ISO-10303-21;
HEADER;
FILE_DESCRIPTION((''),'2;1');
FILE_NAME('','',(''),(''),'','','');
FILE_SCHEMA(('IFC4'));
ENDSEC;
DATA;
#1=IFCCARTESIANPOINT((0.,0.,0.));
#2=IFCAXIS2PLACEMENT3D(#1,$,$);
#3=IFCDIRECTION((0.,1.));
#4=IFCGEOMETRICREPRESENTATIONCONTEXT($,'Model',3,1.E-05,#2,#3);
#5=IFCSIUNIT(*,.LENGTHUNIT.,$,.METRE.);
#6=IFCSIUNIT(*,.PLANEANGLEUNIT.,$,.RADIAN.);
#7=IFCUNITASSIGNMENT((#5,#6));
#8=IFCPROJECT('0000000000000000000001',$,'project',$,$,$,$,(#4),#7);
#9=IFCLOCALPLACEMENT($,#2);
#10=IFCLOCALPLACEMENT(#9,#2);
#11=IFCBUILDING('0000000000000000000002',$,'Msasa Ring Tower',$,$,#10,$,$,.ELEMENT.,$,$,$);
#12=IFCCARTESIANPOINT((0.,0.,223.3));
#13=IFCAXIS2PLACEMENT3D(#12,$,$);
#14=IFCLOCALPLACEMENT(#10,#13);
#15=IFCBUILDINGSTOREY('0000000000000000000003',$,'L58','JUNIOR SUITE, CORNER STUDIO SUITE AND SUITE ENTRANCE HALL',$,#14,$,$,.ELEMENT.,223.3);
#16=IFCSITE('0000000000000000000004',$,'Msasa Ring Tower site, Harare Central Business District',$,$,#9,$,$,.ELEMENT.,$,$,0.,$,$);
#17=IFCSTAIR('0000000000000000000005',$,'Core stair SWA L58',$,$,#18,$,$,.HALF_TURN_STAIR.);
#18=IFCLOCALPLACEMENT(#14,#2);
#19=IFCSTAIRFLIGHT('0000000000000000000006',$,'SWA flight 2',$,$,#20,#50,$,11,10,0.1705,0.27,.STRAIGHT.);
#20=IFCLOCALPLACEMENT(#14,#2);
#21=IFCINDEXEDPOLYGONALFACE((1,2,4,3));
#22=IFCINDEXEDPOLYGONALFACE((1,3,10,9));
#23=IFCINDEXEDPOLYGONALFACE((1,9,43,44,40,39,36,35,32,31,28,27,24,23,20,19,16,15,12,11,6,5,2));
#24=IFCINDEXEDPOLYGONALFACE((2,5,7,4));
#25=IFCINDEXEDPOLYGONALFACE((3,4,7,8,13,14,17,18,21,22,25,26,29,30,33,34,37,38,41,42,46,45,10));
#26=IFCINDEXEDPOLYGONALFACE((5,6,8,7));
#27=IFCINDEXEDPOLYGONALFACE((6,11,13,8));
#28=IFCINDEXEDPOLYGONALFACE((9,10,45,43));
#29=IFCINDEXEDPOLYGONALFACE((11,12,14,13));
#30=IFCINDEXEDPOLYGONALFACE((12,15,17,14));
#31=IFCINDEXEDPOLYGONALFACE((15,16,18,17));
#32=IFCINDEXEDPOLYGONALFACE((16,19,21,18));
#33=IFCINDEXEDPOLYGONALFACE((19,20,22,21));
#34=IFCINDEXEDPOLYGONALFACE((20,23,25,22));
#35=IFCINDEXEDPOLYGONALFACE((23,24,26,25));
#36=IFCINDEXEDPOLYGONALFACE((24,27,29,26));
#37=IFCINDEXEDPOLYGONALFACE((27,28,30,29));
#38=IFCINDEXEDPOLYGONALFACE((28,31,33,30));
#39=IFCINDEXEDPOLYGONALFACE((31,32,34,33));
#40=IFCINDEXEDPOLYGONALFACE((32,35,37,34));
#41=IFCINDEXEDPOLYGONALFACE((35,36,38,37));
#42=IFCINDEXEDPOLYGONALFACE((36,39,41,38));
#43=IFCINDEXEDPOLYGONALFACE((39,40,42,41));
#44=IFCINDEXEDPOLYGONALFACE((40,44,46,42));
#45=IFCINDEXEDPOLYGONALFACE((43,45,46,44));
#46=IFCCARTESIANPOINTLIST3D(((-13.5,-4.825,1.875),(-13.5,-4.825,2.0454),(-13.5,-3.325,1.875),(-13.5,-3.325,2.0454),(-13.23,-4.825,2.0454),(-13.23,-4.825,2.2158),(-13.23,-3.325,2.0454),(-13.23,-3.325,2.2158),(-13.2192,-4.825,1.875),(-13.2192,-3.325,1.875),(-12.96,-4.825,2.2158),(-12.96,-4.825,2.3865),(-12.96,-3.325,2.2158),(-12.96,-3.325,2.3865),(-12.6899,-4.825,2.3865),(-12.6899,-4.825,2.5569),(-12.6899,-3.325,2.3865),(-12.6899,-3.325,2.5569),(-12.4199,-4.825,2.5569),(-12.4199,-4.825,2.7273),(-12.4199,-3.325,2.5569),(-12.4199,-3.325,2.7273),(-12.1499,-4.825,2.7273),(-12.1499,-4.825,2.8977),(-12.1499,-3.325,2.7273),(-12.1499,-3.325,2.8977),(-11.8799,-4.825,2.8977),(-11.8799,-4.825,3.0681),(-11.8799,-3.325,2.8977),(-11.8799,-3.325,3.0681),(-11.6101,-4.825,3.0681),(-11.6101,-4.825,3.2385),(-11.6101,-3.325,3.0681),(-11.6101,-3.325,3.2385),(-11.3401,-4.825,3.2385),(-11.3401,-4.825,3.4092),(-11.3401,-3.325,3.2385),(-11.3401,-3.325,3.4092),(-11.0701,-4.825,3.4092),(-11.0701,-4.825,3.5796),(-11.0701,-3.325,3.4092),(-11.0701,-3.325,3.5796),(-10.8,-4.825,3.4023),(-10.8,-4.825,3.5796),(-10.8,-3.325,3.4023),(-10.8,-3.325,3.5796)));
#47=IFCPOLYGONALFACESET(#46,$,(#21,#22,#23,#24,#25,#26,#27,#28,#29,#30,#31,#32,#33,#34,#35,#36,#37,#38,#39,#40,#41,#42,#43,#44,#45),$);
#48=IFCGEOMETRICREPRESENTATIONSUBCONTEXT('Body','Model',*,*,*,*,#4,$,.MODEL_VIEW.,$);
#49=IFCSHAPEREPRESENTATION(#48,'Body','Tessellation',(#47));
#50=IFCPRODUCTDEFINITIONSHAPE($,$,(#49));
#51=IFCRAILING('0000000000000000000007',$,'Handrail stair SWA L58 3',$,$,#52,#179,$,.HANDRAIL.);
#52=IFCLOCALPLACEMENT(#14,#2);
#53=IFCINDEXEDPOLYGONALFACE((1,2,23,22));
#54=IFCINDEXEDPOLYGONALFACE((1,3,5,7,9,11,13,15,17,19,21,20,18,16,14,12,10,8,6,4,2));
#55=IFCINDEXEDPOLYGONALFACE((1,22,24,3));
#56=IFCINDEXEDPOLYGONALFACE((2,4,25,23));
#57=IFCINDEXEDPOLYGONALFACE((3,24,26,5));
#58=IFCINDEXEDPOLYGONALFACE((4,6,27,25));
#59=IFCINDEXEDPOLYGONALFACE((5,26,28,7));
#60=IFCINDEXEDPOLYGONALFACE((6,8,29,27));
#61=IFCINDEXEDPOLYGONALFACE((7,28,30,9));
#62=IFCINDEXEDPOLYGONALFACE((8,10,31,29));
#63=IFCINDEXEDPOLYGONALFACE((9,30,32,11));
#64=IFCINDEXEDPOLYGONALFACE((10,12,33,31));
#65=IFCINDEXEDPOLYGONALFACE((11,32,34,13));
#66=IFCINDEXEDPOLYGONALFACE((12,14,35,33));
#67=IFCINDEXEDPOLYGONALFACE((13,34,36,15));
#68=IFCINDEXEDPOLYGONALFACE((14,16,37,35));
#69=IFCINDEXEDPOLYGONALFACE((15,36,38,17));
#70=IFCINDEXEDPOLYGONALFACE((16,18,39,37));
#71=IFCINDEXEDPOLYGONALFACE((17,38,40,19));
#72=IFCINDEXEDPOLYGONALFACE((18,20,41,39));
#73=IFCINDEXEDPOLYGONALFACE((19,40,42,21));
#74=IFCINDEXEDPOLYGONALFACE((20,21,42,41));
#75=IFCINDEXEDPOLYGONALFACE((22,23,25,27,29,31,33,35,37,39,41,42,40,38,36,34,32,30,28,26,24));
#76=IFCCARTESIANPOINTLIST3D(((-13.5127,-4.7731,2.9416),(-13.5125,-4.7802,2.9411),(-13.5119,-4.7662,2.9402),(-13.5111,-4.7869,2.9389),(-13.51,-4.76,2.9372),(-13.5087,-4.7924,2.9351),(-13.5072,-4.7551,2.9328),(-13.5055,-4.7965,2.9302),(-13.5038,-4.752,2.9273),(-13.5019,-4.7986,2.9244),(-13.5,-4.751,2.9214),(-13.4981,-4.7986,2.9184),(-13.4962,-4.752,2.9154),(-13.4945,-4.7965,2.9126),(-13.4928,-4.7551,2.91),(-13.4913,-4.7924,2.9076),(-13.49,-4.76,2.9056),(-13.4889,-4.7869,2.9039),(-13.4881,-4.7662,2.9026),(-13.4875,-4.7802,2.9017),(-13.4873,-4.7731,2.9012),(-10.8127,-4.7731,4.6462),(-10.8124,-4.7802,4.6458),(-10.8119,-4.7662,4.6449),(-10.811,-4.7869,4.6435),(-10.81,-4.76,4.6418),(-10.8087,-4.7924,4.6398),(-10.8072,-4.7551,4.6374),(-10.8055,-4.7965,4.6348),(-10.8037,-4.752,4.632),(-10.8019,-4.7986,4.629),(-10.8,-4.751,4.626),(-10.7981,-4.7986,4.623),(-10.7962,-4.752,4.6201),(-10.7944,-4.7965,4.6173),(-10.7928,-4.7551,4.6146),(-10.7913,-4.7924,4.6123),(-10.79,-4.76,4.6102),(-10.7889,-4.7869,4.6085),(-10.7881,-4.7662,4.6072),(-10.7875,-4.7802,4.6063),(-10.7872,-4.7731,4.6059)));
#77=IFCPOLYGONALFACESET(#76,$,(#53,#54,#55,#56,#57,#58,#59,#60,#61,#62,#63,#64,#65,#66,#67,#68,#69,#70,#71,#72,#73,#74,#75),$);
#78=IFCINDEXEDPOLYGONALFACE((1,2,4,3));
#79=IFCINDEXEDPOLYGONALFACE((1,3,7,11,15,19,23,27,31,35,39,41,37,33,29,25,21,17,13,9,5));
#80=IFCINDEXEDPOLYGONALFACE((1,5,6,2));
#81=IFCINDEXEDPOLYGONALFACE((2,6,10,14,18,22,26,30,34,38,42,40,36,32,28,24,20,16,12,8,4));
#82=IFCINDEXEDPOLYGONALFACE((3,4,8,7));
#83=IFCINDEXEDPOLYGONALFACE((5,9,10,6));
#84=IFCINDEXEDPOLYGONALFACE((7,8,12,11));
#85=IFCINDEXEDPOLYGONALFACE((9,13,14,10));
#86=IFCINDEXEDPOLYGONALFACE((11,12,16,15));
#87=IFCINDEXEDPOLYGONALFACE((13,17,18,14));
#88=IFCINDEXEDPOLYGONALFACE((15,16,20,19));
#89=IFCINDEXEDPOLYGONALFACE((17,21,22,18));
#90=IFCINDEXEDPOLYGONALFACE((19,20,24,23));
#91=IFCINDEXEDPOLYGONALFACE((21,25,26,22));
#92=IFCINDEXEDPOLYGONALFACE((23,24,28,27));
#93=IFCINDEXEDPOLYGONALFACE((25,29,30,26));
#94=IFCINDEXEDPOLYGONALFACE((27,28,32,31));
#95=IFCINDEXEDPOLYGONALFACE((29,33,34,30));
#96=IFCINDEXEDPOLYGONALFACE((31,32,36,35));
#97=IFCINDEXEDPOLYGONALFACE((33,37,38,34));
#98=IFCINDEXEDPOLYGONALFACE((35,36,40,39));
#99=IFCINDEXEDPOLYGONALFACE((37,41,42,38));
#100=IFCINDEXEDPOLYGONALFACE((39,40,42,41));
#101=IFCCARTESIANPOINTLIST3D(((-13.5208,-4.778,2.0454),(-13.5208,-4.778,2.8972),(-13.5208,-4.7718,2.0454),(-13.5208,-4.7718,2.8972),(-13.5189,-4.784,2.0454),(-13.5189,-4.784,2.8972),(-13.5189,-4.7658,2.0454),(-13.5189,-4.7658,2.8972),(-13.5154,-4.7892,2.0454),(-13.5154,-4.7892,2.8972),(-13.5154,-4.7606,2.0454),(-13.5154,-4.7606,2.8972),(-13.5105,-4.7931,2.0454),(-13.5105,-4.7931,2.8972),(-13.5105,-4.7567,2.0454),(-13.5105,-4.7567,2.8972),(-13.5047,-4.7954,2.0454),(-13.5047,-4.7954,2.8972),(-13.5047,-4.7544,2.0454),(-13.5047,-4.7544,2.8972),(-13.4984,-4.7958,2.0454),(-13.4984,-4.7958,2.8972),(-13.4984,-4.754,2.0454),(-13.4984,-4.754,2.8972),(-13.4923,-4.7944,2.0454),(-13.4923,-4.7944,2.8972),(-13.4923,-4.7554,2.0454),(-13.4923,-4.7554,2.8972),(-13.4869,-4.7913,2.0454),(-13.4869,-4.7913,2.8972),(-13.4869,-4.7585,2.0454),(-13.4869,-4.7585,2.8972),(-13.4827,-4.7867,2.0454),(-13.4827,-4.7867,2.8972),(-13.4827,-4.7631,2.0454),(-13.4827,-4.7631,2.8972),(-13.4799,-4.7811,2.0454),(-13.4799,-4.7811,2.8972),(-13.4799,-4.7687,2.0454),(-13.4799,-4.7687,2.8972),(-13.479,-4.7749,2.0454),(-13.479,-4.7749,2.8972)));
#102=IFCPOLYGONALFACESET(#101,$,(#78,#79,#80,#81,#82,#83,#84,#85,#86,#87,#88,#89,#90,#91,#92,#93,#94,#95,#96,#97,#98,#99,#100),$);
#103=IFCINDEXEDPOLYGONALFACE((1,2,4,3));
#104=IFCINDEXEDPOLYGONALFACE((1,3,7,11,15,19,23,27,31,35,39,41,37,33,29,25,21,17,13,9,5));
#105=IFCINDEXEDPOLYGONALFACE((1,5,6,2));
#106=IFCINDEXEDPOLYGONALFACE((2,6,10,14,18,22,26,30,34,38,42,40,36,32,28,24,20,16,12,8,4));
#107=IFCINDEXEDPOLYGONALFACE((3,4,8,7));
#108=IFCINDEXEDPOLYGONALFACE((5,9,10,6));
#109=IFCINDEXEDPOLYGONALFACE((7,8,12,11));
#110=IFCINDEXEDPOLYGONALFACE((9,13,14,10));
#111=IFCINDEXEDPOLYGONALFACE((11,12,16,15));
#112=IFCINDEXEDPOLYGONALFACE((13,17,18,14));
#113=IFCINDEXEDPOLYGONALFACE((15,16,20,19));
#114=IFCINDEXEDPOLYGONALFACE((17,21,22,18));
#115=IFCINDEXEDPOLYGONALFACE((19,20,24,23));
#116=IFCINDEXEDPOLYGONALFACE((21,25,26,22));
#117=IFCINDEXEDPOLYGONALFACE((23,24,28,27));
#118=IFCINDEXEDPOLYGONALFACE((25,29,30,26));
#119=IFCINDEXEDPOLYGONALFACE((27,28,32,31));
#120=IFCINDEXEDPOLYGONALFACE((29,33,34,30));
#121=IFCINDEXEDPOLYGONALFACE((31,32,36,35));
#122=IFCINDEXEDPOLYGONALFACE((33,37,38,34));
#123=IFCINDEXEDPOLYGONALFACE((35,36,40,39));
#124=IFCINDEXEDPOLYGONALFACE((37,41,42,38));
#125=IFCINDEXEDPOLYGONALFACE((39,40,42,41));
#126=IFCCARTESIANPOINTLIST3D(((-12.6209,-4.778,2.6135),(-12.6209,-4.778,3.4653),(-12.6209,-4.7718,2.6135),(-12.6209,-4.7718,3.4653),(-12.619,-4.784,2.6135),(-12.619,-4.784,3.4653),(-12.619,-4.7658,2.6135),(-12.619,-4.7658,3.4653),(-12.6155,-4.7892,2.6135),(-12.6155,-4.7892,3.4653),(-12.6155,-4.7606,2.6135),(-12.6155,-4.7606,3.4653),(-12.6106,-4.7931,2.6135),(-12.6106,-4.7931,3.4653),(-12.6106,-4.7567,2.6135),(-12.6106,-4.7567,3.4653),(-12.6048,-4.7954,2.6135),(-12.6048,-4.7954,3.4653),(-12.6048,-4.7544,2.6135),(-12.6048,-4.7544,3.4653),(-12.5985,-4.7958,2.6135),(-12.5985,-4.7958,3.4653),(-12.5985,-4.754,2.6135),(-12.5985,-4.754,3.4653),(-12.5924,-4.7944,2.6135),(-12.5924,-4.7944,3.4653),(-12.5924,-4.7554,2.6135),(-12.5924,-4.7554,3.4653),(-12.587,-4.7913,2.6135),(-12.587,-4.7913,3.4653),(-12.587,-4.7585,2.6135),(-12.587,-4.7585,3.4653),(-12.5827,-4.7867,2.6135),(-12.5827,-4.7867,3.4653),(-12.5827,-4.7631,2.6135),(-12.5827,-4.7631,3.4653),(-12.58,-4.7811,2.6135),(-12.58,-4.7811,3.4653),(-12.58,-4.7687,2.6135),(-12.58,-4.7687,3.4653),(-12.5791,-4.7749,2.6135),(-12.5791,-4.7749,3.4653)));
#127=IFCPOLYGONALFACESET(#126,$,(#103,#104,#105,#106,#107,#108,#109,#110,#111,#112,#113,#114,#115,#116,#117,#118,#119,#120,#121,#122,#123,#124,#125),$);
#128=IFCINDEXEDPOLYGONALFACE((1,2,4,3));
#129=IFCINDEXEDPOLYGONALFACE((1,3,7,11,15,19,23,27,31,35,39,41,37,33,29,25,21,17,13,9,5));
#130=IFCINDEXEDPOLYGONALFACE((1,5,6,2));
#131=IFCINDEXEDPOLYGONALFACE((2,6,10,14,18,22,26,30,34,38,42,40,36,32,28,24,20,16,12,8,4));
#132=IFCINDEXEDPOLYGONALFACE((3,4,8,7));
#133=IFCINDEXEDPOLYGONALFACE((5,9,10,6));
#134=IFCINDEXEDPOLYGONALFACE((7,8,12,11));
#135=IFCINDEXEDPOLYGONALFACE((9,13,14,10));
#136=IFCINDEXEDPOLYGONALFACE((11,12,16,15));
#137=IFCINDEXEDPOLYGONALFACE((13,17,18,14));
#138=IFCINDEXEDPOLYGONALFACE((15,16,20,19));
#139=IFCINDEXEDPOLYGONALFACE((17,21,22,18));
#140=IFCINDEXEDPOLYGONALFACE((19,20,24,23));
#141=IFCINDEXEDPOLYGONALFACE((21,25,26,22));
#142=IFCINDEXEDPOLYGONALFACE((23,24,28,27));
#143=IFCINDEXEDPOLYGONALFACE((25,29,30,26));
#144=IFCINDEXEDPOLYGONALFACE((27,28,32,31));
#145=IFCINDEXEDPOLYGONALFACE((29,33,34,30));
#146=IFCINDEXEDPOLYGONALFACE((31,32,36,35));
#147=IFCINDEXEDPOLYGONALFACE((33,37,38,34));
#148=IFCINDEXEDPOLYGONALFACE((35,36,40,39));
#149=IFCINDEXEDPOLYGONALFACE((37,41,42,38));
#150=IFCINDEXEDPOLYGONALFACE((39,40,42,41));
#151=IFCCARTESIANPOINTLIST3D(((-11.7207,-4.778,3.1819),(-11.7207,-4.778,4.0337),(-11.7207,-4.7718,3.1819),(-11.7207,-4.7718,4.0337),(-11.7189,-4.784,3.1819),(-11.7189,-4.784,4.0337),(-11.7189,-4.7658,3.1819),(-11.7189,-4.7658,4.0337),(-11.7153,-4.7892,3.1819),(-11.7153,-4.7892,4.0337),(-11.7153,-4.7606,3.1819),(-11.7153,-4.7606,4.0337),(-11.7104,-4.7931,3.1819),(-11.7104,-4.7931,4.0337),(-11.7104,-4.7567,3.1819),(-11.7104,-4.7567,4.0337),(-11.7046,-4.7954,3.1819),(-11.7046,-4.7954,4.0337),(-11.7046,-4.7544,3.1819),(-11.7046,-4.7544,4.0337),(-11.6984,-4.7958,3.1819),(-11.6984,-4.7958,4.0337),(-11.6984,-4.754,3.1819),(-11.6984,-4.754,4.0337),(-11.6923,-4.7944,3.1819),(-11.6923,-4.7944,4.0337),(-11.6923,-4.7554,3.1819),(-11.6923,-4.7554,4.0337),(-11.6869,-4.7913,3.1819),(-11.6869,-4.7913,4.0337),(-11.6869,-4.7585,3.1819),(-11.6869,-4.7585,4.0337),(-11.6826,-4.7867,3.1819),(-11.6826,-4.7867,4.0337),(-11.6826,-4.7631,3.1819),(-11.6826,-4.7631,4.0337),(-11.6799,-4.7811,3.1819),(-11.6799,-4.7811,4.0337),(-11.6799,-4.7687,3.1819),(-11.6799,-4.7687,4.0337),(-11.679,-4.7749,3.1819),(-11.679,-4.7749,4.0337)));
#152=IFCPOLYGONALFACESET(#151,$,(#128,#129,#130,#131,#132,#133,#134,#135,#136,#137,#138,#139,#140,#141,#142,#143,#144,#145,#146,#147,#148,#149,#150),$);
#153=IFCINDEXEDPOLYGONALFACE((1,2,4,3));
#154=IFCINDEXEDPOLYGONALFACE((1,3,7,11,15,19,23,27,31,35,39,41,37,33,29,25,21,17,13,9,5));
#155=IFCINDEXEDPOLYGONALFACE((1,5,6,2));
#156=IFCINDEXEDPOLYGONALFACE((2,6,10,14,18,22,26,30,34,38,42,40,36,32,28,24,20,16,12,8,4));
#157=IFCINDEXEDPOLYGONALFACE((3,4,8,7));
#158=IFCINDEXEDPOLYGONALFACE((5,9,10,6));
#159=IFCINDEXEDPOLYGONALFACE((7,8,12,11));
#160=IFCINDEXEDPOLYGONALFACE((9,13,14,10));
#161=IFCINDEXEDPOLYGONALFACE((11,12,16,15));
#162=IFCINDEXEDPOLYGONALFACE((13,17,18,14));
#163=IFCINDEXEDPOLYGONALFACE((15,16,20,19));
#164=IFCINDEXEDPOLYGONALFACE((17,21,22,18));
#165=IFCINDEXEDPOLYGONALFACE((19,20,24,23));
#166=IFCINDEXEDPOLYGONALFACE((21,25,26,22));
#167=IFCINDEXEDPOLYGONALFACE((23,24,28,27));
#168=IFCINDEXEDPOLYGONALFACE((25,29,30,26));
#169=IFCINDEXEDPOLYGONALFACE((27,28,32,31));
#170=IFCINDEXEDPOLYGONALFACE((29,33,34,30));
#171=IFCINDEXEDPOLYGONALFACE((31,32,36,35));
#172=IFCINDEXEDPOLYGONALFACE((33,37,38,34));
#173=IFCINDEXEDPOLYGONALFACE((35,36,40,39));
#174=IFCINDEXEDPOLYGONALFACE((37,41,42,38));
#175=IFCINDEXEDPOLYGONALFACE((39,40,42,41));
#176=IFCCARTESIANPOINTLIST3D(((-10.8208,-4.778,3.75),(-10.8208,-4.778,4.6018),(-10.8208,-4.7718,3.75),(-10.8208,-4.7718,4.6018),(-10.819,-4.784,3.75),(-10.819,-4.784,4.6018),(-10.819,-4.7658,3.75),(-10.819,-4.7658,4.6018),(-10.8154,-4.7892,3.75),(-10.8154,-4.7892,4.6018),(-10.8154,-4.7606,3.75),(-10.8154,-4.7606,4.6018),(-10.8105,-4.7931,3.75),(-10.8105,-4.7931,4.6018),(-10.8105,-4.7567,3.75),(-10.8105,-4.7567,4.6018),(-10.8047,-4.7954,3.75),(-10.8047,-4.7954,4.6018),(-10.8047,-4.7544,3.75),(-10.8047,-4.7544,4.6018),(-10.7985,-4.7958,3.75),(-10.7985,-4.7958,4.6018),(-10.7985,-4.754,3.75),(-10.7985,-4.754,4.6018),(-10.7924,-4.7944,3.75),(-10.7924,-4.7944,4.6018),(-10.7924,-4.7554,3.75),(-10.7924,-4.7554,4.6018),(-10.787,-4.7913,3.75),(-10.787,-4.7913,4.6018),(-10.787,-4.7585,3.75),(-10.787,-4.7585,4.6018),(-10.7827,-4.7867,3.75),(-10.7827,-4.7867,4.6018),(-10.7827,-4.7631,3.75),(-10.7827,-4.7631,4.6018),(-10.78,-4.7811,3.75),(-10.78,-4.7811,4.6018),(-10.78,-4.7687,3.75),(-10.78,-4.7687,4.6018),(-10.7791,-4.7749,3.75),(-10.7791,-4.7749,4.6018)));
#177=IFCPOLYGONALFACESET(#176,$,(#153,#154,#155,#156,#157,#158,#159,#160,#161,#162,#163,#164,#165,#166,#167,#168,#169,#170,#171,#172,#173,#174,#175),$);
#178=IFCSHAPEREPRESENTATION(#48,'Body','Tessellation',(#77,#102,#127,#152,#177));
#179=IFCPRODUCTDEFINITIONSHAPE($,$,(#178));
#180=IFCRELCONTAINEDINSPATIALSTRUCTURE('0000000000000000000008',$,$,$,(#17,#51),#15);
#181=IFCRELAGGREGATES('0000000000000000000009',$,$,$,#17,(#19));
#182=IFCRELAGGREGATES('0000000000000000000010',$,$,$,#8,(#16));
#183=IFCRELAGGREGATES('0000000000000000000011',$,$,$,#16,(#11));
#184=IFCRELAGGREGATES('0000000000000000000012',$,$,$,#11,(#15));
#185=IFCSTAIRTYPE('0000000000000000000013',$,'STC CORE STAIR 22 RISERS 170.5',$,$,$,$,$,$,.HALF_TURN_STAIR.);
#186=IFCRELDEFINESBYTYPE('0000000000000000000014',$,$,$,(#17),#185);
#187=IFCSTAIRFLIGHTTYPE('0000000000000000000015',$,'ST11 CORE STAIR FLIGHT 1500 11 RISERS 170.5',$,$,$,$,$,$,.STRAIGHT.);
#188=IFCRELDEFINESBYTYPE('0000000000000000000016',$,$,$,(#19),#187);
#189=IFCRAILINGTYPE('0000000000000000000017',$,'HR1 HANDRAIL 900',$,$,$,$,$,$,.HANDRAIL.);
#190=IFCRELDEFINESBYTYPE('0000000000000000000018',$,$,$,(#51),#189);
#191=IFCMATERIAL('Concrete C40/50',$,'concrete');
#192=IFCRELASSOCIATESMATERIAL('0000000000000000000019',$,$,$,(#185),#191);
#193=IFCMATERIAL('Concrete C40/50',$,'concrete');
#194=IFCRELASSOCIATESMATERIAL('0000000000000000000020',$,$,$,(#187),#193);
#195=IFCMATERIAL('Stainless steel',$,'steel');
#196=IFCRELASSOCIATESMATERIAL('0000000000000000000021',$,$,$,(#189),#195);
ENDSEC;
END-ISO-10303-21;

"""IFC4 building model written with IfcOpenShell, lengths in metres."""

from ifc_helpers import new_model, si_unit, direction, frame, origin, origin_2d, place, context, subcontext, project, spatial, polyline, circle, outline, extrude, material, type_object, element, aggregate, save


model = new_model("IFC4")

# Units and contexts
model_context = context("Model", 3, precision=1e-05, world=origin(), true_north=direction((0.0, 1.0)))
body_context = subcontext(model_context, "Body", "Model", "MODEL_VIEW")
ifc_project = project(units=[si_unit("LENGTHUNIT", "METRE"), si_unit("PLANEANGLEUNIT", "RADIAN")], contexts=[model_context])

# Site, building, storey
site_placement = place(None, origin())
site = spatial("IfcSite", under=ifc_project, at=site_placement, Name="Msasa Ring Tower site, Harare Central Business District", CompositionType="ELEMENT", RefElevation=0.0)
building_placement = place(site_placement, origin())
building = spatial("IfcBuilding", under=site, at=building_placement, Name="Msasa Ring Tower", CompositionType="ELEMENT")
storey_placement = place(building_placement, frame((0.0, 0.0, 223.3)))
storey = spatial("IfcBuildingStorey", under=building, at=storey_placement, Name="L58", Description="JUNIOR SUITE, CORNER STUDIO SUITE AND SUITE ENTRANCE HALL", CompositionType="ELEMENT", Elevation=223.3)

# Stair, stair flight
ifc_material_1 = material(Name="Concrete C40/50", Category="concrete")
stair_type = type_object("IfcStairType", Name="STC CORE STAIR 22 RISERS 170.5", PredefinedType="HALF_TURN_STAIR", material=ifc_material_1)
stair_placement = place(storey_placement, origin())
stair = element("IfcStair", 1, at=stair_placement, inside=storey, type_object=stair_type, Name="Core stair SWA L58", PredefinedType="HALF_TURN_STAIR")
ifc_material_2 = material(Name="Concrete C40/50", Category="concrete")
stair_flight_type = type_object("IfcStairFlightType", Name="ST11 CORE STAIR FLIGHT 1500 11 RISERS 170.5", PredefinedType="STRAIGHT", material=ifc_material_2)
stair_flight_placement = place(storey_placement, frame((-13.5, -4.075, 1.875), z_axis=(0.0, 0.0, 1.0), x_axis=(1.0, 0.0, 0.0)))
stair_flight = element("IfcStairFlight", 2, at=stair_flight_placement, type_object=stair_flight_type, Name="SWA flight 2", NumberOfRisers=11, NumberOfTreads=10, PredefinedType="STRAIGHT", RiserHeight=0.1705, TreadLength=0.27, context=body_context, shape_type="SweptSolid", body=[
    extrude(outline(polyline([(0.0, 0.0), (0.0, 0.1704), (0.27, 0.1704), (0.27, 0.3408), (0.54, 0.3408), (0.54, 0.5115), (0.8101, 0.5115), (0.8101, 0.6819), (1.0801, 0.6819), (1.0801, 0.8523), (1.3501, 0.8523), (1.3501, 1.0227), (1.6201, 1.0227), (1.6201, 1.1931), (1.8899, 1.1931), (1.8899, 1.3635), (2.1599, 1.3635), (2.1599, 1.5342), (2.4299, 1.5342), (2.4299, 1.7046), (2.7, 1.7046), (2.7, 1.875), (2.7, 1.5273), (0.2808, 0.0), (0.0, 0.0)])), frame((0.0, 0.75, 0.0), z_axis=(0.0, -1.0, 0.0), x_axis=(1.0, 0.0, 0.0)), (0.0, 0.0, 1.0), 1.5),
])
aggregate(stair, [stair_flight])

# Railing
ifc_material_3 = material(Name="Stainless steel", Category="steel")
railing_type = type_object("IfcRailingType", Name="HR1 HANDRAIL 900", PredefinedType="HANDRAIL", material=ifc_material_3)
for number, where, name in (
    (3, (-13.5, -4.7749, 2.0454), "Handrail stair SWA L58 3"),
):
    element("IfcRailing", number, at=place(storey_placement, frame(where)), inside=storey, type_object=railing_type, Name=name, PredefinedType="HANDRAIL", context=body_context, shape_type="SweptSolid", body=[
        extrude(circle(Radius=0.0239, at=origin_2d()), frame((0.0, 0.0, 0.876), z_axis=(0.84558, 0.0, 0.533849), x_axis=(0.0, 1.0, 0.0)), (0.0, 0.0, 1.0), 3.1931),
        extrude(circle(Radius=0.021, at=origin_2d()), origin(), (0.0, 0.0, 1.0), 0.8518),
        extrude(circle(Radius=0.021, at=origin_2d()), frame((0.8999, 0.0, 0.5681)), (0.0, 0.0, 1.0), 0.8518),
        extrude(circle(Radius=0.021, at=origin_2d()), frame((1.8, 0.0, 1.1365)), (0.0, 0.0, 1.0), 0.8518),
        extrude(circle(Radius=0.021, at=origin_2d()), frame((2.7, 0.0, 1.7046)), (0.0, 0.0, 1.0), 0.8518),
    ])

save(model, "model.ifc")
